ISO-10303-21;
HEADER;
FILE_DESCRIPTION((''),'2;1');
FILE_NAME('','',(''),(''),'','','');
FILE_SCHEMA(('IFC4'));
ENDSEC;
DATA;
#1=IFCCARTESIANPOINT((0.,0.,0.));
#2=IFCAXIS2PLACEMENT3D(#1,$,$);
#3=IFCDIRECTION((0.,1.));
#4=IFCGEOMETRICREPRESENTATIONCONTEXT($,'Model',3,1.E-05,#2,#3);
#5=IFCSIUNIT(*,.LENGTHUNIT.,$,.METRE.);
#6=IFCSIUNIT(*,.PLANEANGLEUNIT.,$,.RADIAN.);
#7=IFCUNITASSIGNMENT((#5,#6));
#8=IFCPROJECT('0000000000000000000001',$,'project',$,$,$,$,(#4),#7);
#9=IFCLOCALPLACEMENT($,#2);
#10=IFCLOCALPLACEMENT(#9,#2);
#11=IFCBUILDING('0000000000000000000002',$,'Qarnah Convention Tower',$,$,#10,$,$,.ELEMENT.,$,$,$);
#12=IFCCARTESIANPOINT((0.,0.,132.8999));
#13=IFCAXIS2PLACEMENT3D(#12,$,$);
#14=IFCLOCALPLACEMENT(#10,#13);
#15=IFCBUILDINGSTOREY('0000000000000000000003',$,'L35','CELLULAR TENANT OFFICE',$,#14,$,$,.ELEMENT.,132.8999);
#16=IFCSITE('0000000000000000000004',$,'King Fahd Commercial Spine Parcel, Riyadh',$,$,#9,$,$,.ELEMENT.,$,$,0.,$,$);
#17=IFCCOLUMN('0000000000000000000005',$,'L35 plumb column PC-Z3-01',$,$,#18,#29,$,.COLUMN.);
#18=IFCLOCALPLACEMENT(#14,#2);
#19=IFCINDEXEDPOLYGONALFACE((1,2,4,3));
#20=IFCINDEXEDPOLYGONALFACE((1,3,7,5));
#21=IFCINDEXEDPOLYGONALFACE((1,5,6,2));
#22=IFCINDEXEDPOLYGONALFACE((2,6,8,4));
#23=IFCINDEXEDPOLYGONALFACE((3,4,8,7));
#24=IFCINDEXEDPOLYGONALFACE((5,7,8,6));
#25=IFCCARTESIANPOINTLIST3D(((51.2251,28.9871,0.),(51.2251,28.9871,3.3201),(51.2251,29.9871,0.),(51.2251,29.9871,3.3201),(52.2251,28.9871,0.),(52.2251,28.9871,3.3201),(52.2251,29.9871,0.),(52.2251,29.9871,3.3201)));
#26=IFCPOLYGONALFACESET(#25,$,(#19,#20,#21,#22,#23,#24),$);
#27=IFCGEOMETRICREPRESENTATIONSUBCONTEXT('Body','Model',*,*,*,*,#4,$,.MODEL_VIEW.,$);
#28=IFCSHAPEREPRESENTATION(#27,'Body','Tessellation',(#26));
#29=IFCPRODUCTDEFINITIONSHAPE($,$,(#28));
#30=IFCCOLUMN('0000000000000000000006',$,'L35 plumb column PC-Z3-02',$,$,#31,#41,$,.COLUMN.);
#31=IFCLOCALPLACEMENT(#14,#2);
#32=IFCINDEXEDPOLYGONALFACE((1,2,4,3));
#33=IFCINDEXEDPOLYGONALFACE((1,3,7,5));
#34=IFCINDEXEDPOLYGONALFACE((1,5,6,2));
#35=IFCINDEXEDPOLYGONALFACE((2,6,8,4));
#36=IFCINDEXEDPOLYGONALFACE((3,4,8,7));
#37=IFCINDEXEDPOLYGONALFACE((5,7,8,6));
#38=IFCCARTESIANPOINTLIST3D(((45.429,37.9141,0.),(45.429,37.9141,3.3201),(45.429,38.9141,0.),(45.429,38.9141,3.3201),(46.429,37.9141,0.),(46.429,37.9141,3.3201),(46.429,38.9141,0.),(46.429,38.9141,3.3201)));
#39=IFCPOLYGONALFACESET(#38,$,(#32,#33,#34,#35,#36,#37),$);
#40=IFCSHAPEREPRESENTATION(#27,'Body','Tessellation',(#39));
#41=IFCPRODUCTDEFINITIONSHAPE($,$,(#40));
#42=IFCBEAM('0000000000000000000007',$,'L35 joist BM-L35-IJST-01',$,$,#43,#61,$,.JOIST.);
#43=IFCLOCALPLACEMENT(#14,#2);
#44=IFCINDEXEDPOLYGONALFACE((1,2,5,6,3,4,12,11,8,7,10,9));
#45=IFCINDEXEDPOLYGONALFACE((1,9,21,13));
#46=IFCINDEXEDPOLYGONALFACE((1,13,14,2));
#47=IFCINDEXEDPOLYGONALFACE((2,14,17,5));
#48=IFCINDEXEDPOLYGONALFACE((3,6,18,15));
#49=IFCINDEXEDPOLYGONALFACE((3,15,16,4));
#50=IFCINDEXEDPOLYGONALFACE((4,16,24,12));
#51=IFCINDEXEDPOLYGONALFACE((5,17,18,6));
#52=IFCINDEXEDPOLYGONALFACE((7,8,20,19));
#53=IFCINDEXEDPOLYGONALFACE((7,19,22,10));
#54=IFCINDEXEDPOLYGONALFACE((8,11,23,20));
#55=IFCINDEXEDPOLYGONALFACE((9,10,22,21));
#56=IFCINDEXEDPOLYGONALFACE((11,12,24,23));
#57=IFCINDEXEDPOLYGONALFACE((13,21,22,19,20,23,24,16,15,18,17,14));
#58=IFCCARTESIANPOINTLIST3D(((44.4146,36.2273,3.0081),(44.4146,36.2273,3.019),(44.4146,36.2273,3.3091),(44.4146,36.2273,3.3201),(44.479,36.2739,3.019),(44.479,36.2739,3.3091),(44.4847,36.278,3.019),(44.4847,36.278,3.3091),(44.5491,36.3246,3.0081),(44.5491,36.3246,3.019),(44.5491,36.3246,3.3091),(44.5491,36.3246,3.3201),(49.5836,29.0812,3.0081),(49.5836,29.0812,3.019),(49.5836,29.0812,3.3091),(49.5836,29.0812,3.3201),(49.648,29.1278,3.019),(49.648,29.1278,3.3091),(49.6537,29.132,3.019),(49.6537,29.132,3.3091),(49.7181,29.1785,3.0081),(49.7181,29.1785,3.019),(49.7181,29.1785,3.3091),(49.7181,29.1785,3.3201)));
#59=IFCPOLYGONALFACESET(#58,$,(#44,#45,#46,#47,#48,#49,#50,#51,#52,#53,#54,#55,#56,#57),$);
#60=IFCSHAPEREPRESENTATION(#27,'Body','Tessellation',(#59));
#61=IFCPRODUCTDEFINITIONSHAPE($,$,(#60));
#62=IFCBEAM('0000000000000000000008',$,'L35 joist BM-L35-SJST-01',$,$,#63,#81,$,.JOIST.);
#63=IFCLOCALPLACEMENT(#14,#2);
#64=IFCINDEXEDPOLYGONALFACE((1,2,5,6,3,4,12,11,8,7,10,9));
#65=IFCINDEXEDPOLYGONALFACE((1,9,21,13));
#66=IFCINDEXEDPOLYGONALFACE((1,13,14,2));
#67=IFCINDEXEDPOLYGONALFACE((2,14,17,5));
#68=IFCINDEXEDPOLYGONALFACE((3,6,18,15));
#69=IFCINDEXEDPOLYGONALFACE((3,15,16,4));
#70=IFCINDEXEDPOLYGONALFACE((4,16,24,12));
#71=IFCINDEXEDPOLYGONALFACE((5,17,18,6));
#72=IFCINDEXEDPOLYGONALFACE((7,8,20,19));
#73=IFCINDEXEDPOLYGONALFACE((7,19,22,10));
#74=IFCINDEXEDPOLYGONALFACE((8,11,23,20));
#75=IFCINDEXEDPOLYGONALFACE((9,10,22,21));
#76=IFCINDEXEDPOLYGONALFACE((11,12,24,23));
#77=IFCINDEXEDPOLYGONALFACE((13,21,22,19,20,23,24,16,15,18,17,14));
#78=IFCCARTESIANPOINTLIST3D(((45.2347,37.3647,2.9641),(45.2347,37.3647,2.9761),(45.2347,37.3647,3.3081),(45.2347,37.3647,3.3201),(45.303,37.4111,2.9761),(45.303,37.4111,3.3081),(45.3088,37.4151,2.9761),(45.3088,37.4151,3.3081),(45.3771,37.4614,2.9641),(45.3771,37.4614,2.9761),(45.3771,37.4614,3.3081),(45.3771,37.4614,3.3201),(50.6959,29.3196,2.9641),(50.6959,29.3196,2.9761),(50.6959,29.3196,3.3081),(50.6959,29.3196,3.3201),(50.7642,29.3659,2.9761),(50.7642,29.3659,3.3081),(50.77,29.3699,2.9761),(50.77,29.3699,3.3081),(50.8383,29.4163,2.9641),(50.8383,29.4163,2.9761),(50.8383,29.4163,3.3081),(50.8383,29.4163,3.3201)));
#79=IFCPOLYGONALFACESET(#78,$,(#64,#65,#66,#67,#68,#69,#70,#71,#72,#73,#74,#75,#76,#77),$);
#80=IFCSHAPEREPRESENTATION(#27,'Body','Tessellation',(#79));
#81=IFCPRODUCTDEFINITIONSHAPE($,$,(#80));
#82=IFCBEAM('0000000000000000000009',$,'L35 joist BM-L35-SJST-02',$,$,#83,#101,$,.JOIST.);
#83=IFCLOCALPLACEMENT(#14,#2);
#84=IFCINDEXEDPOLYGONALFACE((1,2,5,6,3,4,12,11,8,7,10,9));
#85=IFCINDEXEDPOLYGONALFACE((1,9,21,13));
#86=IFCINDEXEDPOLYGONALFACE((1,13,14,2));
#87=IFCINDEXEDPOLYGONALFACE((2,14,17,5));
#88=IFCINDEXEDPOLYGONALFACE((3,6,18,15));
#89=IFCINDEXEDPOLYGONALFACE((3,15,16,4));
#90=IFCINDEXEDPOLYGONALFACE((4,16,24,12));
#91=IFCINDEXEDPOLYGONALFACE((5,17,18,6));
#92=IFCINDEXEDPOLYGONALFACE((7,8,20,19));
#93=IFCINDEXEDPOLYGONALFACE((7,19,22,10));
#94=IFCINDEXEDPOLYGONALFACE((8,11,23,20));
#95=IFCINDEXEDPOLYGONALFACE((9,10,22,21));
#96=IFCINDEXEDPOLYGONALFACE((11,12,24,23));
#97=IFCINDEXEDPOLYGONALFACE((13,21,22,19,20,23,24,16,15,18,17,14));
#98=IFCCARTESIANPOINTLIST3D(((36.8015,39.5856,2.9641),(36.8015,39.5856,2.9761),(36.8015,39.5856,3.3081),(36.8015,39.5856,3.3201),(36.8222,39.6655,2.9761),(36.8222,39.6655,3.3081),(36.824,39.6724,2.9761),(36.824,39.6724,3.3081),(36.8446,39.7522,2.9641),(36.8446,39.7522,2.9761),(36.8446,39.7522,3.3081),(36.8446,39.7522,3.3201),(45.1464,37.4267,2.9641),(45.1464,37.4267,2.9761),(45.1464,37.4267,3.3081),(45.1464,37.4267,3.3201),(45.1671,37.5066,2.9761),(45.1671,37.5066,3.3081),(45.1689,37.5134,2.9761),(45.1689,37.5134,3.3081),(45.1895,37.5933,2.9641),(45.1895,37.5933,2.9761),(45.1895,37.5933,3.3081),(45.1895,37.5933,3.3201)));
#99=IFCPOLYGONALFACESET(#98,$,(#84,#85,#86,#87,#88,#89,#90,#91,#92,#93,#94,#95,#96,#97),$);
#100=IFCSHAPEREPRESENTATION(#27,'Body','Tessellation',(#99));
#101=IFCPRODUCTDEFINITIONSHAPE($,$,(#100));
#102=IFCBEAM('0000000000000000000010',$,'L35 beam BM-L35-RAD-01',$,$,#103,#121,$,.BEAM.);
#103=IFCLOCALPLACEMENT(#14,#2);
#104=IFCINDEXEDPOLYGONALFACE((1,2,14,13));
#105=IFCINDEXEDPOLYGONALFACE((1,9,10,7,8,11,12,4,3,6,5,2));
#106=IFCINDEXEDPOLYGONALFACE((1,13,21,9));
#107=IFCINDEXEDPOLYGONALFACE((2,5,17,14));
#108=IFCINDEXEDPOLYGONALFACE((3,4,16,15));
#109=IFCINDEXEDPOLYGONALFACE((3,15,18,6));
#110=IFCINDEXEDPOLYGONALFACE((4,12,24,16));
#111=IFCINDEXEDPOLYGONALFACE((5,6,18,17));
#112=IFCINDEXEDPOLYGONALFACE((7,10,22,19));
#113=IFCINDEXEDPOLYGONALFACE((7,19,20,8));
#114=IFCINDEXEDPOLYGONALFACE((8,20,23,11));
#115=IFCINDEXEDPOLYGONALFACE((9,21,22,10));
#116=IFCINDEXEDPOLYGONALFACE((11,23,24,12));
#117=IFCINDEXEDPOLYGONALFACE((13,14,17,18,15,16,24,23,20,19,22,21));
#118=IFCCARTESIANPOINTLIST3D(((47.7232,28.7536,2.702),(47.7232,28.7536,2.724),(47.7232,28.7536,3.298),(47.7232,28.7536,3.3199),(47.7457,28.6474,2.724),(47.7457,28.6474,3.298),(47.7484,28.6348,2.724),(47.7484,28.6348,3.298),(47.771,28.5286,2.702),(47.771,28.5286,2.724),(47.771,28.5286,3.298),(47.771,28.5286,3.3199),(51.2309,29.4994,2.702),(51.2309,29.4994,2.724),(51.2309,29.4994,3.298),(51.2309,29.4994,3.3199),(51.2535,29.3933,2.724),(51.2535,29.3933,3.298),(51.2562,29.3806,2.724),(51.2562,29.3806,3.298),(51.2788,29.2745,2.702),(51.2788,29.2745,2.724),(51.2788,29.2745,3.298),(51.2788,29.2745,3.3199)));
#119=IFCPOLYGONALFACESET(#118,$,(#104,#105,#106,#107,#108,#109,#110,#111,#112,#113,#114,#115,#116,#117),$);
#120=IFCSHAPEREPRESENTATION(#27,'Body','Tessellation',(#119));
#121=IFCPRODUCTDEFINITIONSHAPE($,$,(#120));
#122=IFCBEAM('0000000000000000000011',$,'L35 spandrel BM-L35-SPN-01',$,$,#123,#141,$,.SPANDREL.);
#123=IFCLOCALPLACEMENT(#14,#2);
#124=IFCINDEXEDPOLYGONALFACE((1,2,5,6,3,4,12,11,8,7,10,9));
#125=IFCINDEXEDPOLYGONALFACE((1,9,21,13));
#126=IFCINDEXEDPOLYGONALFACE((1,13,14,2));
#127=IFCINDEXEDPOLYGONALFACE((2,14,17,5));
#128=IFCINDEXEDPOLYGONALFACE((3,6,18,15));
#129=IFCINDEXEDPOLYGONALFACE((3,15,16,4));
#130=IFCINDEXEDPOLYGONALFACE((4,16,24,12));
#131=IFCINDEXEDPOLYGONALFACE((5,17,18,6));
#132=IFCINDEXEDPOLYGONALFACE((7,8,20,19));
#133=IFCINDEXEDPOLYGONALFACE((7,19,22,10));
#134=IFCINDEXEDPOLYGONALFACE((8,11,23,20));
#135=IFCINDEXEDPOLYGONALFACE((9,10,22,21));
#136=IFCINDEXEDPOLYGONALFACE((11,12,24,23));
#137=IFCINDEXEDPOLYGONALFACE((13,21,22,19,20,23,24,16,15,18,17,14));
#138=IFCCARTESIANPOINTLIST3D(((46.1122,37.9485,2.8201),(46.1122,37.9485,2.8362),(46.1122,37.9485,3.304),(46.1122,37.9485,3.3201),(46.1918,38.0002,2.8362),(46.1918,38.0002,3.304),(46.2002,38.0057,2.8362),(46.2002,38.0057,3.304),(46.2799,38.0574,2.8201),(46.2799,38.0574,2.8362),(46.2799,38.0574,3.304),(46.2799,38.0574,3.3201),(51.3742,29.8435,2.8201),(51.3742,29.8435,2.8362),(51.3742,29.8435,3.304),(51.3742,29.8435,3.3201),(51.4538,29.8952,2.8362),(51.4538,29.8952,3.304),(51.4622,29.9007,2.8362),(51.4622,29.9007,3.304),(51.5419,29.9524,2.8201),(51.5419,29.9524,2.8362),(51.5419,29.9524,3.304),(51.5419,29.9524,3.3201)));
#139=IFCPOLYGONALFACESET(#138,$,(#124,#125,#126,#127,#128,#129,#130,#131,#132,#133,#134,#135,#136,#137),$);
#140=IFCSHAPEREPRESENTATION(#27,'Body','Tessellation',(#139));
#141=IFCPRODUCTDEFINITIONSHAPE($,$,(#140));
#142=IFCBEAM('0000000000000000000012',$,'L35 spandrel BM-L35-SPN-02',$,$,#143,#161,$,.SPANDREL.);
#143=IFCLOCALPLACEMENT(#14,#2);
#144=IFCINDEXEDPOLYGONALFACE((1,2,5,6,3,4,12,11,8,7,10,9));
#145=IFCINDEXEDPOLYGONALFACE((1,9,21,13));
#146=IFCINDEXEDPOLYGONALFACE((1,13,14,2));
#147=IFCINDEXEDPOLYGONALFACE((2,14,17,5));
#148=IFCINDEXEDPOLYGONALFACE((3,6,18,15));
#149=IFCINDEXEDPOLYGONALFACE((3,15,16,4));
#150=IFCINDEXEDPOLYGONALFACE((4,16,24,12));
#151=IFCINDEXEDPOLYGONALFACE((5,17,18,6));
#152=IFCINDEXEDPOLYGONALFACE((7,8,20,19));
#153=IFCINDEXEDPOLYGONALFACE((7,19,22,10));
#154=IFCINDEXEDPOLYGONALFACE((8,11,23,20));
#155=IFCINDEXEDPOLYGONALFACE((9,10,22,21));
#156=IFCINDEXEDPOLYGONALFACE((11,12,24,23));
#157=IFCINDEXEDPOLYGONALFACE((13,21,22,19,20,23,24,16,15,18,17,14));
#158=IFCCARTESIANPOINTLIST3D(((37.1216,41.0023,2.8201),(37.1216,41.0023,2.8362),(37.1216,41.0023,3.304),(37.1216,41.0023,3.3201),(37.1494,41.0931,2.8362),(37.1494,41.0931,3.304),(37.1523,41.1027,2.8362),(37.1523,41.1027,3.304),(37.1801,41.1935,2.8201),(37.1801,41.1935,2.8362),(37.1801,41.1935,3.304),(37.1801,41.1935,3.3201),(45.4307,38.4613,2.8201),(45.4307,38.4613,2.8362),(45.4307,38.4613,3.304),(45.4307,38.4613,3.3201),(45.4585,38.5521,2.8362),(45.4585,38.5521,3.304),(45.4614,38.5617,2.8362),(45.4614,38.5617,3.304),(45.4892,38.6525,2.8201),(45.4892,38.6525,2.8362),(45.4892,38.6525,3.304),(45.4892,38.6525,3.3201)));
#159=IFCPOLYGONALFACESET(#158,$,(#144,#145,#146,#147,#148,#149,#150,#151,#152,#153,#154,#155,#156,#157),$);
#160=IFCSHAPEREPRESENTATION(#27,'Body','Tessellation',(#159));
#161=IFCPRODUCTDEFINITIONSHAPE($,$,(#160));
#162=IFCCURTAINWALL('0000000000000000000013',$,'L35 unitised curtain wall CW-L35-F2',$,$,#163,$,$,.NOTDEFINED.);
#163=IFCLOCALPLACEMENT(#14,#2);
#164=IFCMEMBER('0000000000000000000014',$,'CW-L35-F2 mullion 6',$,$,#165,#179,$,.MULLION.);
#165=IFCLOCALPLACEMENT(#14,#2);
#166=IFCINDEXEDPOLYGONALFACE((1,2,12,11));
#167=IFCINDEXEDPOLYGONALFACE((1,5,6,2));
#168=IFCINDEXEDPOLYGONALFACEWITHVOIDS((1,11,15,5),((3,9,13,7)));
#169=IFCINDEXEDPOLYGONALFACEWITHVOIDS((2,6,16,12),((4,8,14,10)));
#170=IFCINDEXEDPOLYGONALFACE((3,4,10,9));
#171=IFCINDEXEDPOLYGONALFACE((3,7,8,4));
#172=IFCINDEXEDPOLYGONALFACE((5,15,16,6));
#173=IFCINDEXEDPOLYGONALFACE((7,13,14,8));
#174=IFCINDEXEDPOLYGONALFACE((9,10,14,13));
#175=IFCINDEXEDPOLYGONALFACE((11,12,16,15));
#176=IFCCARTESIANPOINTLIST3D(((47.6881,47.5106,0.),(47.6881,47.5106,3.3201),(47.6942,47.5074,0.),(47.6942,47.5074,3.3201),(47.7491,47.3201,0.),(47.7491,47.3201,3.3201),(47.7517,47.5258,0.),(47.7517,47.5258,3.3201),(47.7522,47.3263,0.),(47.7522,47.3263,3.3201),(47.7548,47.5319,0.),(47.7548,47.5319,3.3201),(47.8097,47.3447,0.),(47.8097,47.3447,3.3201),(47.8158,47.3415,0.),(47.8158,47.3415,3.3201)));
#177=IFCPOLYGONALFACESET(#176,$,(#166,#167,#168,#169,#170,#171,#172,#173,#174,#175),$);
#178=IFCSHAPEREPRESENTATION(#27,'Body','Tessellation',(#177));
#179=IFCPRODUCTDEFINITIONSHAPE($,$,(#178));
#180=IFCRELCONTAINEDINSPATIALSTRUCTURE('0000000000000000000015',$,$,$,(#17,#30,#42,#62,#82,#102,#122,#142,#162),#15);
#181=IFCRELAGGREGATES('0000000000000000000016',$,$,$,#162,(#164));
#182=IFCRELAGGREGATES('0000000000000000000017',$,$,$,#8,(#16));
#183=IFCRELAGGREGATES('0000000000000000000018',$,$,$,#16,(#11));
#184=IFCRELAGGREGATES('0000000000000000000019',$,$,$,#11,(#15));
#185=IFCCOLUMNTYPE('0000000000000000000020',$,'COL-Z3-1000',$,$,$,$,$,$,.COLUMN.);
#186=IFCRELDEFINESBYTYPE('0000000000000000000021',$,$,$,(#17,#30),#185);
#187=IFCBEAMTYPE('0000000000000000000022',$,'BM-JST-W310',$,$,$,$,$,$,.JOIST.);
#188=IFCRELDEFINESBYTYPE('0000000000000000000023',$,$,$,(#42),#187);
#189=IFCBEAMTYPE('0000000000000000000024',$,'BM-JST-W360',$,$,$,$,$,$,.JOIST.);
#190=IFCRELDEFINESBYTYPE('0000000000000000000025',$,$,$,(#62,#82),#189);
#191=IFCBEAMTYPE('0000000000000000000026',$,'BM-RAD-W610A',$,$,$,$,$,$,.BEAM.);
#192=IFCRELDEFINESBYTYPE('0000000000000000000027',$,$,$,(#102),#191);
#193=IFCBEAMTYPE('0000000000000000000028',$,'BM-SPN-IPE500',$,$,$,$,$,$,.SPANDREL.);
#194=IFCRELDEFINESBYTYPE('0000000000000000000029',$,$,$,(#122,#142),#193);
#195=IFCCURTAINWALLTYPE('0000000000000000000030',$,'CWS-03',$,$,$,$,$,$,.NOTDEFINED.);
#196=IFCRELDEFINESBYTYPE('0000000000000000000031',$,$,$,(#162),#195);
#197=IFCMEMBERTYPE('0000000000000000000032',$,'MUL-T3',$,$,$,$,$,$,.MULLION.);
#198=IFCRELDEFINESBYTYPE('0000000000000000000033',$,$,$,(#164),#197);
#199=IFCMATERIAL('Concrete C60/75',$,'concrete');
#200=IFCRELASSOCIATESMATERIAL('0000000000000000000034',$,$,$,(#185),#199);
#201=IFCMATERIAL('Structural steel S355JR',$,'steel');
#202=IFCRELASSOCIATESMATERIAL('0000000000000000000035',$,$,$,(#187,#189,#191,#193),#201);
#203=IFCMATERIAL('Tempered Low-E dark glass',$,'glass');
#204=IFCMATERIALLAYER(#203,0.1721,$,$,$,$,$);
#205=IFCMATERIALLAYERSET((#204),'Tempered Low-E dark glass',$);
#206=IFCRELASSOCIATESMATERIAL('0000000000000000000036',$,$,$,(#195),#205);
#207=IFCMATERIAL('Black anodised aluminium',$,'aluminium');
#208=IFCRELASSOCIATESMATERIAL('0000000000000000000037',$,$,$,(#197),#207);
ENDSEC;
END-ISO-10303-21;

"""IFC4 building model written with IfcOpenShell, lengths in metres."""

from ifc_helpers import new_model, si_unit, direction, frame, origin, origin_2d, place, context, subcontext, project, spatial, rectangle, hollow_rectangle, i_section, extrude, material, layer, layer_set, material_profile, profile_set, type_object, element, aggregate, save


model = new_model("IFC4")

# Units and contexts
model_context = context("Model", 3, precision=1e-05, world=origin(), true_north=direction((0.0, 1.0)))
body_context = subcontext(model_context, "Body", "Model", "MODEL_VIEW")
ifc_project = project(units=[si_unit("LENGTHUNIT", "METRE"), si_unit("PLANEANGLEUNIT", "RADIAN")], contexts=[model_context])

# Site, building, storey
site_placement = place(None, origin())
site = spatial("IfcSite", under=ifc_project, at=site_placement, Name="King Fahd Commercial Spine Parcel, Riyadh", CompositionType="ELEMENT", RefElevation=0.0)
building_placement = place(site_placement, origin())
building = spatial("IfcBuilding", under=site, at=building_placement, Name="Qarnah Convention Tower", CompositionType="ELEMENT")
storey_placement = place(building_placement, frame((0.0, 0.0, 132.8999)))
storey = spatial("IfcBuildingStorey", under=building, at=storey_placement, Name="L35", Description="CELLULAR TENANT OFFICE", CompositionType="ELEMENT", Elevation=132.8999)

# Columns
ifc_material_1 = material(Name="Concrete C60/75", Category="concrete")
ifc_material_profile_1 = material_profile(ifc_material_1, rectangle(XDim=1.0, YDim=1.0, at=origin_2d()), Name="RC-COL-1000X1000")
ifc_profile_set_1 = profile_set([ifc_material_profile_1], Name="Concrete C60/75")
column_type = type_object("IfcColumnType", Name="COL-Z3-1000", PredefinedType="COLUMN", material=ifc_profile_set_1)
for number, where, z_axis, x_axis, name in (
    (1, (51.7251, 29.4871, 0.0), (0.0, 0.0, 1.0), (1.0, 0.0, 0.0), "L35 plumb column PC-Z3-01"),
    (2, (45.929, 38.4141, 0.0), (0.0, 0.0, 1.0), (1.0, 0.0, 0.0), "L35 plumb column PC-Z3-02"),
):
    element("IfcColumn", number, at=place(storey_placement, frame(where, z_axis=z_axis, x_axis=x_axis)), inside=storey, type_object=column_type, Name=name, PredefinedType="COLUMN", context=body_context, shape_type="SweptSolid", body=[
        extrude(rectangle(XDim=1.0, YDim=1.0, at=origin_2d()), origin(), (0.0, 0.0, 1.0), 3.3201),
    ])

# Beams
ifc_material_2 = material(Name="Structural steel S355JR", Category="steel")
ifc_material_profile_2 = material_profile(ifc_material_2, i_section(OverallWidth=0.166, OverallDepth=0.312, WebThickness=0.0071, FlangeThickness=0.011, at=origin_2d()), Name="W310X45")
ifc_profile_set_2 = profile_set([ifc_material_profile_2], Name="Structural steel S355JR")
beam_type_1 = type_object("IfcBeamType", Name="BM-JST-W310", PredefinedType="JOIST", material=ifc_profile_set_2)
beam_1_placement = place(storey_placement, frame((49.6509, 29.1299, 3.1641), z_axis=(-0.586083, 0.810251, 0.0), x_axis=(-0.810251, -0.586083, 0.0)))
element("IfcBeam", 3, at=beam_1_placement, inside=storey, type_object=beam_type_1, Name="L35 joist BM-L35-IJST-01", PredefinedType="JOIST", context=body_context, shape_type="SweptSolid", body=[
    extrude(i_section(OverallWidth=0.166, OverallDepth=0.312, WebThickness=0.0071, FlangeThickness=0.011, at=origin_2d()), origin(), (0.0, 0.0, 1.0), 8.8196),
])
ifc_material_profile_3 = material_profile(ifc_material_2, i_section(OverallWidth=0.1721, OverallDepth=0.356, WebThickness=0.0071, FlangeThickness=0.012, at=origin_2d()), Name="W360X51")
ifc_profile_set_3 = profile_set([ifc_material_profile_3], Name="Structural steel S355JR")
beam_type_2 = type_object("IfcBeamType", Name="BM-JST-W360", PredefinedType="JOIST", material=ifc_profile_set_3)
beam_2_placement = place(storey_placement, frame((50.7671, 29.3679, 3.1421), z_axis=(-0.56164, 0.827382, 0.0), x_axis=(-0.827382, -0.56164, 0.0)))
element("IfcBeam", 4, at=beam_2_placement, inside=storey, type_object=beam_type_2, Name="L35 joist BM-L35-SJST-01", PredefinedType="JOIST", context=body_context, shape_type="SweptSolid", body=[
    extrude(i_section(OverallWidth=0.1721, OverallDepth=0.356, WebThickness=0.0071, FlangeThickness=0.012, at=origin_2d()), origin(), (0.0, 0.0, 1.0), 9.7236),
])
beam_3_placement = place(storey_placement, frame((45.168, 37.51, 3.1421), z_axis=(-0.968126, 0.250465, 0.0), x_axis=(-0.250465, -0.968126, 0.0)))
element("IfcBeam", 5, at=beam_3_placement, inside=storey, type_object=beam_type_2, Name="L35 joist BM-L35-SJST-02", PredefinedType="JOIST", context=body_context, shape_type="SweptSolid", body=[
    extrude(i_section(OverallWidth=0.1721, OverallDepth=0.356, WebThickness=0.0071, FlangeThickness=0.012, at=origin_2d()), origin(), (0.0, 0.0, 1.0), 8.6196),
])
ifc_material_profile_4 = material_profile(ifc_material_2, i_section(OverallWidth=0.23, OverallDepth=0.6179, WebThickness=0.0129, FlangeThickness=0.022, at=origin_2d()), Name="W610X140")
ifc_profile_set_4 = profile_set([ifc_material_profile_4], Name="Structural steel S355JR")
beam_type_3 = type_object("IfcBeamType", Name="BM-RAD-W610A", PredefinedType="BEAM", material=ifc_profile_set_4)
beam_4_placement = place(storey_placement, frame((47.7471, 28.6411, 3.011), z_axis=(0.978134, 0.207976, 0.0), x_axis=(-0.207976, 0.978134, 0.0)))
element("IfcBeam", 6, at=beam_4_placement, inside=storey, type_object=beam_type_3, Name="L35 beam BM-L35-RAD-01", PredefinedType="BEAM", context=body_context, shape_type="SweptSolid", body=[
    extrude(i_section(OverallWidth=0.23, OverallDepth=0.6179, WebThickness=0.0129, FlangeThickness=0.022, at=origin_2d()), origin(), (0.0, 0.0, 1.0), 3.5862),
])
ifc_material_profile_5 = material_profile(ifc_material_2, i_section(OverallWidth=0.2, OverallDepth=0.5, WebThickness=0.01, FlangeThickness=0.0161, at=origin_2d()), Name="IPE500")
ifc_profile_set_5 = profile_set([ifc_material_profile_5], Name="Structural steel S355JR")
beam_type_4 = type_object("IfcBeamType", Name="BM-SPN-IPE500", PredefinedType="SPANDREL", material=ifc_profile_set_5)
beam_5_placement = place(storey_placement, frame((51.458, 29.8979, 3.0701), z_axis=(-0.544532, 0.83874, 0.0), x_axis=(-0.83874, -0.544532, 0.0)))
element("IfcBeam", 7, at=beam_5_placement, inside=storey, type_object=beam_type_4, Name="L35 spandrel BM-L35-SPN-01", PredefinedType="SPANDREL", context=body_context, shape_type="SweptSolid", body=[
    extrude(i_section(OverallWidth=0.2, OverallDepth=0.5, WebThickness=0.01, FlangeThickness=0.0161, at=origin_2d()), origin(), (0.0, 0.0, 1.0), 9.6633),
])
beam_6_placement = place(storey_placement, frame((45.46, 38.5569, 3.0701), z_axis=(-0.956283, 0.292443, 0.0), x_axis=(-0.292443, -0.956283, 0.0)))
element("IfcBeam", 8, at=beam_6_placement, inside=storey, type_object=beam_type_4, Name="L35 spandrel BM-L35-SPN-02", PredefinedType="SPANDREL", context=body_context, shape_type="SweptSolid", body=[
    extrude(i_section(OverallWidth=0.2, OverallDepth=0.5, WebThickness=0.01, FlangeThickness=0.0161, at=origin_2d()), origin(), (0.0, 0.0, 1.0), 8.689),
])

# Curtain wall, member
ifc_material_3 = material(Name="Tempered Low-E dark glass", Category="glass")
ifc_layer_1 = layer(ifc_material_3, 0.1721)
ifc_layer_set_1 = layer_set([ifc_layer_1], Name="Tempered Low-E dark glass")
curtain_wall_type = type_object("IfcCurtainWallType", Name="CWS-03", PredefinedType="NOTDEFINED", material=ifc_layer_set_1)
curtain_wall_1_placement = place(storey_placement, origin())
curtain_wall_1 = element("IfcCurtainWall", 9, at=curtain_wall_1_placement, inside=storey, type_object=curtain_wall_type, Name="L35 unitised curtain wall CW-L35-F2", PredefinedType="NOTDEFINED")
ifc_material_4 = material(Name="Black anodised aluminium", Category="aluminium")
ifc_material_profile_6 = material_profile(ifc_material_4, hollow_rectangle(XDim=0.0701, YDim=0.2, WallThickness=0.0049, at=origin_2d()), Name="MUL-70X200")
ifc_profile_set_6 = profile_set([ifc_material_profile_6], Name="Black anodised aluminium")
member_type_1 = type_object("IfcMemberType", Name="MUL-T3", PredefinedType="MULLION", material=ifc_profile_set_6)
member_1_placement = place(storey_placement, frame((47.752, 47.426, 0.0), z_axis=(0.0, 0.0, 1.0), x_axis=(0.952343, 0.305028, 0.0)))
member_1 = element("IfcMember", 10, at=member_1_placement, type_object=member_type_1, Name="CW-L35-F2 mullion 6", PredefinedType="MULLION", context=body_context, shape_type="SweptSolid", body=[
    extrude(hollow_rectangle(XDim=0.0701, YDim=0.2, WallThickness=0.0049, at=origin_2d()), origin(), (0.0, 0.0, 1.0), 3.3201),
])
aggregate(curtain_wall_1, [member_1])

save(model, "model.ifc")
